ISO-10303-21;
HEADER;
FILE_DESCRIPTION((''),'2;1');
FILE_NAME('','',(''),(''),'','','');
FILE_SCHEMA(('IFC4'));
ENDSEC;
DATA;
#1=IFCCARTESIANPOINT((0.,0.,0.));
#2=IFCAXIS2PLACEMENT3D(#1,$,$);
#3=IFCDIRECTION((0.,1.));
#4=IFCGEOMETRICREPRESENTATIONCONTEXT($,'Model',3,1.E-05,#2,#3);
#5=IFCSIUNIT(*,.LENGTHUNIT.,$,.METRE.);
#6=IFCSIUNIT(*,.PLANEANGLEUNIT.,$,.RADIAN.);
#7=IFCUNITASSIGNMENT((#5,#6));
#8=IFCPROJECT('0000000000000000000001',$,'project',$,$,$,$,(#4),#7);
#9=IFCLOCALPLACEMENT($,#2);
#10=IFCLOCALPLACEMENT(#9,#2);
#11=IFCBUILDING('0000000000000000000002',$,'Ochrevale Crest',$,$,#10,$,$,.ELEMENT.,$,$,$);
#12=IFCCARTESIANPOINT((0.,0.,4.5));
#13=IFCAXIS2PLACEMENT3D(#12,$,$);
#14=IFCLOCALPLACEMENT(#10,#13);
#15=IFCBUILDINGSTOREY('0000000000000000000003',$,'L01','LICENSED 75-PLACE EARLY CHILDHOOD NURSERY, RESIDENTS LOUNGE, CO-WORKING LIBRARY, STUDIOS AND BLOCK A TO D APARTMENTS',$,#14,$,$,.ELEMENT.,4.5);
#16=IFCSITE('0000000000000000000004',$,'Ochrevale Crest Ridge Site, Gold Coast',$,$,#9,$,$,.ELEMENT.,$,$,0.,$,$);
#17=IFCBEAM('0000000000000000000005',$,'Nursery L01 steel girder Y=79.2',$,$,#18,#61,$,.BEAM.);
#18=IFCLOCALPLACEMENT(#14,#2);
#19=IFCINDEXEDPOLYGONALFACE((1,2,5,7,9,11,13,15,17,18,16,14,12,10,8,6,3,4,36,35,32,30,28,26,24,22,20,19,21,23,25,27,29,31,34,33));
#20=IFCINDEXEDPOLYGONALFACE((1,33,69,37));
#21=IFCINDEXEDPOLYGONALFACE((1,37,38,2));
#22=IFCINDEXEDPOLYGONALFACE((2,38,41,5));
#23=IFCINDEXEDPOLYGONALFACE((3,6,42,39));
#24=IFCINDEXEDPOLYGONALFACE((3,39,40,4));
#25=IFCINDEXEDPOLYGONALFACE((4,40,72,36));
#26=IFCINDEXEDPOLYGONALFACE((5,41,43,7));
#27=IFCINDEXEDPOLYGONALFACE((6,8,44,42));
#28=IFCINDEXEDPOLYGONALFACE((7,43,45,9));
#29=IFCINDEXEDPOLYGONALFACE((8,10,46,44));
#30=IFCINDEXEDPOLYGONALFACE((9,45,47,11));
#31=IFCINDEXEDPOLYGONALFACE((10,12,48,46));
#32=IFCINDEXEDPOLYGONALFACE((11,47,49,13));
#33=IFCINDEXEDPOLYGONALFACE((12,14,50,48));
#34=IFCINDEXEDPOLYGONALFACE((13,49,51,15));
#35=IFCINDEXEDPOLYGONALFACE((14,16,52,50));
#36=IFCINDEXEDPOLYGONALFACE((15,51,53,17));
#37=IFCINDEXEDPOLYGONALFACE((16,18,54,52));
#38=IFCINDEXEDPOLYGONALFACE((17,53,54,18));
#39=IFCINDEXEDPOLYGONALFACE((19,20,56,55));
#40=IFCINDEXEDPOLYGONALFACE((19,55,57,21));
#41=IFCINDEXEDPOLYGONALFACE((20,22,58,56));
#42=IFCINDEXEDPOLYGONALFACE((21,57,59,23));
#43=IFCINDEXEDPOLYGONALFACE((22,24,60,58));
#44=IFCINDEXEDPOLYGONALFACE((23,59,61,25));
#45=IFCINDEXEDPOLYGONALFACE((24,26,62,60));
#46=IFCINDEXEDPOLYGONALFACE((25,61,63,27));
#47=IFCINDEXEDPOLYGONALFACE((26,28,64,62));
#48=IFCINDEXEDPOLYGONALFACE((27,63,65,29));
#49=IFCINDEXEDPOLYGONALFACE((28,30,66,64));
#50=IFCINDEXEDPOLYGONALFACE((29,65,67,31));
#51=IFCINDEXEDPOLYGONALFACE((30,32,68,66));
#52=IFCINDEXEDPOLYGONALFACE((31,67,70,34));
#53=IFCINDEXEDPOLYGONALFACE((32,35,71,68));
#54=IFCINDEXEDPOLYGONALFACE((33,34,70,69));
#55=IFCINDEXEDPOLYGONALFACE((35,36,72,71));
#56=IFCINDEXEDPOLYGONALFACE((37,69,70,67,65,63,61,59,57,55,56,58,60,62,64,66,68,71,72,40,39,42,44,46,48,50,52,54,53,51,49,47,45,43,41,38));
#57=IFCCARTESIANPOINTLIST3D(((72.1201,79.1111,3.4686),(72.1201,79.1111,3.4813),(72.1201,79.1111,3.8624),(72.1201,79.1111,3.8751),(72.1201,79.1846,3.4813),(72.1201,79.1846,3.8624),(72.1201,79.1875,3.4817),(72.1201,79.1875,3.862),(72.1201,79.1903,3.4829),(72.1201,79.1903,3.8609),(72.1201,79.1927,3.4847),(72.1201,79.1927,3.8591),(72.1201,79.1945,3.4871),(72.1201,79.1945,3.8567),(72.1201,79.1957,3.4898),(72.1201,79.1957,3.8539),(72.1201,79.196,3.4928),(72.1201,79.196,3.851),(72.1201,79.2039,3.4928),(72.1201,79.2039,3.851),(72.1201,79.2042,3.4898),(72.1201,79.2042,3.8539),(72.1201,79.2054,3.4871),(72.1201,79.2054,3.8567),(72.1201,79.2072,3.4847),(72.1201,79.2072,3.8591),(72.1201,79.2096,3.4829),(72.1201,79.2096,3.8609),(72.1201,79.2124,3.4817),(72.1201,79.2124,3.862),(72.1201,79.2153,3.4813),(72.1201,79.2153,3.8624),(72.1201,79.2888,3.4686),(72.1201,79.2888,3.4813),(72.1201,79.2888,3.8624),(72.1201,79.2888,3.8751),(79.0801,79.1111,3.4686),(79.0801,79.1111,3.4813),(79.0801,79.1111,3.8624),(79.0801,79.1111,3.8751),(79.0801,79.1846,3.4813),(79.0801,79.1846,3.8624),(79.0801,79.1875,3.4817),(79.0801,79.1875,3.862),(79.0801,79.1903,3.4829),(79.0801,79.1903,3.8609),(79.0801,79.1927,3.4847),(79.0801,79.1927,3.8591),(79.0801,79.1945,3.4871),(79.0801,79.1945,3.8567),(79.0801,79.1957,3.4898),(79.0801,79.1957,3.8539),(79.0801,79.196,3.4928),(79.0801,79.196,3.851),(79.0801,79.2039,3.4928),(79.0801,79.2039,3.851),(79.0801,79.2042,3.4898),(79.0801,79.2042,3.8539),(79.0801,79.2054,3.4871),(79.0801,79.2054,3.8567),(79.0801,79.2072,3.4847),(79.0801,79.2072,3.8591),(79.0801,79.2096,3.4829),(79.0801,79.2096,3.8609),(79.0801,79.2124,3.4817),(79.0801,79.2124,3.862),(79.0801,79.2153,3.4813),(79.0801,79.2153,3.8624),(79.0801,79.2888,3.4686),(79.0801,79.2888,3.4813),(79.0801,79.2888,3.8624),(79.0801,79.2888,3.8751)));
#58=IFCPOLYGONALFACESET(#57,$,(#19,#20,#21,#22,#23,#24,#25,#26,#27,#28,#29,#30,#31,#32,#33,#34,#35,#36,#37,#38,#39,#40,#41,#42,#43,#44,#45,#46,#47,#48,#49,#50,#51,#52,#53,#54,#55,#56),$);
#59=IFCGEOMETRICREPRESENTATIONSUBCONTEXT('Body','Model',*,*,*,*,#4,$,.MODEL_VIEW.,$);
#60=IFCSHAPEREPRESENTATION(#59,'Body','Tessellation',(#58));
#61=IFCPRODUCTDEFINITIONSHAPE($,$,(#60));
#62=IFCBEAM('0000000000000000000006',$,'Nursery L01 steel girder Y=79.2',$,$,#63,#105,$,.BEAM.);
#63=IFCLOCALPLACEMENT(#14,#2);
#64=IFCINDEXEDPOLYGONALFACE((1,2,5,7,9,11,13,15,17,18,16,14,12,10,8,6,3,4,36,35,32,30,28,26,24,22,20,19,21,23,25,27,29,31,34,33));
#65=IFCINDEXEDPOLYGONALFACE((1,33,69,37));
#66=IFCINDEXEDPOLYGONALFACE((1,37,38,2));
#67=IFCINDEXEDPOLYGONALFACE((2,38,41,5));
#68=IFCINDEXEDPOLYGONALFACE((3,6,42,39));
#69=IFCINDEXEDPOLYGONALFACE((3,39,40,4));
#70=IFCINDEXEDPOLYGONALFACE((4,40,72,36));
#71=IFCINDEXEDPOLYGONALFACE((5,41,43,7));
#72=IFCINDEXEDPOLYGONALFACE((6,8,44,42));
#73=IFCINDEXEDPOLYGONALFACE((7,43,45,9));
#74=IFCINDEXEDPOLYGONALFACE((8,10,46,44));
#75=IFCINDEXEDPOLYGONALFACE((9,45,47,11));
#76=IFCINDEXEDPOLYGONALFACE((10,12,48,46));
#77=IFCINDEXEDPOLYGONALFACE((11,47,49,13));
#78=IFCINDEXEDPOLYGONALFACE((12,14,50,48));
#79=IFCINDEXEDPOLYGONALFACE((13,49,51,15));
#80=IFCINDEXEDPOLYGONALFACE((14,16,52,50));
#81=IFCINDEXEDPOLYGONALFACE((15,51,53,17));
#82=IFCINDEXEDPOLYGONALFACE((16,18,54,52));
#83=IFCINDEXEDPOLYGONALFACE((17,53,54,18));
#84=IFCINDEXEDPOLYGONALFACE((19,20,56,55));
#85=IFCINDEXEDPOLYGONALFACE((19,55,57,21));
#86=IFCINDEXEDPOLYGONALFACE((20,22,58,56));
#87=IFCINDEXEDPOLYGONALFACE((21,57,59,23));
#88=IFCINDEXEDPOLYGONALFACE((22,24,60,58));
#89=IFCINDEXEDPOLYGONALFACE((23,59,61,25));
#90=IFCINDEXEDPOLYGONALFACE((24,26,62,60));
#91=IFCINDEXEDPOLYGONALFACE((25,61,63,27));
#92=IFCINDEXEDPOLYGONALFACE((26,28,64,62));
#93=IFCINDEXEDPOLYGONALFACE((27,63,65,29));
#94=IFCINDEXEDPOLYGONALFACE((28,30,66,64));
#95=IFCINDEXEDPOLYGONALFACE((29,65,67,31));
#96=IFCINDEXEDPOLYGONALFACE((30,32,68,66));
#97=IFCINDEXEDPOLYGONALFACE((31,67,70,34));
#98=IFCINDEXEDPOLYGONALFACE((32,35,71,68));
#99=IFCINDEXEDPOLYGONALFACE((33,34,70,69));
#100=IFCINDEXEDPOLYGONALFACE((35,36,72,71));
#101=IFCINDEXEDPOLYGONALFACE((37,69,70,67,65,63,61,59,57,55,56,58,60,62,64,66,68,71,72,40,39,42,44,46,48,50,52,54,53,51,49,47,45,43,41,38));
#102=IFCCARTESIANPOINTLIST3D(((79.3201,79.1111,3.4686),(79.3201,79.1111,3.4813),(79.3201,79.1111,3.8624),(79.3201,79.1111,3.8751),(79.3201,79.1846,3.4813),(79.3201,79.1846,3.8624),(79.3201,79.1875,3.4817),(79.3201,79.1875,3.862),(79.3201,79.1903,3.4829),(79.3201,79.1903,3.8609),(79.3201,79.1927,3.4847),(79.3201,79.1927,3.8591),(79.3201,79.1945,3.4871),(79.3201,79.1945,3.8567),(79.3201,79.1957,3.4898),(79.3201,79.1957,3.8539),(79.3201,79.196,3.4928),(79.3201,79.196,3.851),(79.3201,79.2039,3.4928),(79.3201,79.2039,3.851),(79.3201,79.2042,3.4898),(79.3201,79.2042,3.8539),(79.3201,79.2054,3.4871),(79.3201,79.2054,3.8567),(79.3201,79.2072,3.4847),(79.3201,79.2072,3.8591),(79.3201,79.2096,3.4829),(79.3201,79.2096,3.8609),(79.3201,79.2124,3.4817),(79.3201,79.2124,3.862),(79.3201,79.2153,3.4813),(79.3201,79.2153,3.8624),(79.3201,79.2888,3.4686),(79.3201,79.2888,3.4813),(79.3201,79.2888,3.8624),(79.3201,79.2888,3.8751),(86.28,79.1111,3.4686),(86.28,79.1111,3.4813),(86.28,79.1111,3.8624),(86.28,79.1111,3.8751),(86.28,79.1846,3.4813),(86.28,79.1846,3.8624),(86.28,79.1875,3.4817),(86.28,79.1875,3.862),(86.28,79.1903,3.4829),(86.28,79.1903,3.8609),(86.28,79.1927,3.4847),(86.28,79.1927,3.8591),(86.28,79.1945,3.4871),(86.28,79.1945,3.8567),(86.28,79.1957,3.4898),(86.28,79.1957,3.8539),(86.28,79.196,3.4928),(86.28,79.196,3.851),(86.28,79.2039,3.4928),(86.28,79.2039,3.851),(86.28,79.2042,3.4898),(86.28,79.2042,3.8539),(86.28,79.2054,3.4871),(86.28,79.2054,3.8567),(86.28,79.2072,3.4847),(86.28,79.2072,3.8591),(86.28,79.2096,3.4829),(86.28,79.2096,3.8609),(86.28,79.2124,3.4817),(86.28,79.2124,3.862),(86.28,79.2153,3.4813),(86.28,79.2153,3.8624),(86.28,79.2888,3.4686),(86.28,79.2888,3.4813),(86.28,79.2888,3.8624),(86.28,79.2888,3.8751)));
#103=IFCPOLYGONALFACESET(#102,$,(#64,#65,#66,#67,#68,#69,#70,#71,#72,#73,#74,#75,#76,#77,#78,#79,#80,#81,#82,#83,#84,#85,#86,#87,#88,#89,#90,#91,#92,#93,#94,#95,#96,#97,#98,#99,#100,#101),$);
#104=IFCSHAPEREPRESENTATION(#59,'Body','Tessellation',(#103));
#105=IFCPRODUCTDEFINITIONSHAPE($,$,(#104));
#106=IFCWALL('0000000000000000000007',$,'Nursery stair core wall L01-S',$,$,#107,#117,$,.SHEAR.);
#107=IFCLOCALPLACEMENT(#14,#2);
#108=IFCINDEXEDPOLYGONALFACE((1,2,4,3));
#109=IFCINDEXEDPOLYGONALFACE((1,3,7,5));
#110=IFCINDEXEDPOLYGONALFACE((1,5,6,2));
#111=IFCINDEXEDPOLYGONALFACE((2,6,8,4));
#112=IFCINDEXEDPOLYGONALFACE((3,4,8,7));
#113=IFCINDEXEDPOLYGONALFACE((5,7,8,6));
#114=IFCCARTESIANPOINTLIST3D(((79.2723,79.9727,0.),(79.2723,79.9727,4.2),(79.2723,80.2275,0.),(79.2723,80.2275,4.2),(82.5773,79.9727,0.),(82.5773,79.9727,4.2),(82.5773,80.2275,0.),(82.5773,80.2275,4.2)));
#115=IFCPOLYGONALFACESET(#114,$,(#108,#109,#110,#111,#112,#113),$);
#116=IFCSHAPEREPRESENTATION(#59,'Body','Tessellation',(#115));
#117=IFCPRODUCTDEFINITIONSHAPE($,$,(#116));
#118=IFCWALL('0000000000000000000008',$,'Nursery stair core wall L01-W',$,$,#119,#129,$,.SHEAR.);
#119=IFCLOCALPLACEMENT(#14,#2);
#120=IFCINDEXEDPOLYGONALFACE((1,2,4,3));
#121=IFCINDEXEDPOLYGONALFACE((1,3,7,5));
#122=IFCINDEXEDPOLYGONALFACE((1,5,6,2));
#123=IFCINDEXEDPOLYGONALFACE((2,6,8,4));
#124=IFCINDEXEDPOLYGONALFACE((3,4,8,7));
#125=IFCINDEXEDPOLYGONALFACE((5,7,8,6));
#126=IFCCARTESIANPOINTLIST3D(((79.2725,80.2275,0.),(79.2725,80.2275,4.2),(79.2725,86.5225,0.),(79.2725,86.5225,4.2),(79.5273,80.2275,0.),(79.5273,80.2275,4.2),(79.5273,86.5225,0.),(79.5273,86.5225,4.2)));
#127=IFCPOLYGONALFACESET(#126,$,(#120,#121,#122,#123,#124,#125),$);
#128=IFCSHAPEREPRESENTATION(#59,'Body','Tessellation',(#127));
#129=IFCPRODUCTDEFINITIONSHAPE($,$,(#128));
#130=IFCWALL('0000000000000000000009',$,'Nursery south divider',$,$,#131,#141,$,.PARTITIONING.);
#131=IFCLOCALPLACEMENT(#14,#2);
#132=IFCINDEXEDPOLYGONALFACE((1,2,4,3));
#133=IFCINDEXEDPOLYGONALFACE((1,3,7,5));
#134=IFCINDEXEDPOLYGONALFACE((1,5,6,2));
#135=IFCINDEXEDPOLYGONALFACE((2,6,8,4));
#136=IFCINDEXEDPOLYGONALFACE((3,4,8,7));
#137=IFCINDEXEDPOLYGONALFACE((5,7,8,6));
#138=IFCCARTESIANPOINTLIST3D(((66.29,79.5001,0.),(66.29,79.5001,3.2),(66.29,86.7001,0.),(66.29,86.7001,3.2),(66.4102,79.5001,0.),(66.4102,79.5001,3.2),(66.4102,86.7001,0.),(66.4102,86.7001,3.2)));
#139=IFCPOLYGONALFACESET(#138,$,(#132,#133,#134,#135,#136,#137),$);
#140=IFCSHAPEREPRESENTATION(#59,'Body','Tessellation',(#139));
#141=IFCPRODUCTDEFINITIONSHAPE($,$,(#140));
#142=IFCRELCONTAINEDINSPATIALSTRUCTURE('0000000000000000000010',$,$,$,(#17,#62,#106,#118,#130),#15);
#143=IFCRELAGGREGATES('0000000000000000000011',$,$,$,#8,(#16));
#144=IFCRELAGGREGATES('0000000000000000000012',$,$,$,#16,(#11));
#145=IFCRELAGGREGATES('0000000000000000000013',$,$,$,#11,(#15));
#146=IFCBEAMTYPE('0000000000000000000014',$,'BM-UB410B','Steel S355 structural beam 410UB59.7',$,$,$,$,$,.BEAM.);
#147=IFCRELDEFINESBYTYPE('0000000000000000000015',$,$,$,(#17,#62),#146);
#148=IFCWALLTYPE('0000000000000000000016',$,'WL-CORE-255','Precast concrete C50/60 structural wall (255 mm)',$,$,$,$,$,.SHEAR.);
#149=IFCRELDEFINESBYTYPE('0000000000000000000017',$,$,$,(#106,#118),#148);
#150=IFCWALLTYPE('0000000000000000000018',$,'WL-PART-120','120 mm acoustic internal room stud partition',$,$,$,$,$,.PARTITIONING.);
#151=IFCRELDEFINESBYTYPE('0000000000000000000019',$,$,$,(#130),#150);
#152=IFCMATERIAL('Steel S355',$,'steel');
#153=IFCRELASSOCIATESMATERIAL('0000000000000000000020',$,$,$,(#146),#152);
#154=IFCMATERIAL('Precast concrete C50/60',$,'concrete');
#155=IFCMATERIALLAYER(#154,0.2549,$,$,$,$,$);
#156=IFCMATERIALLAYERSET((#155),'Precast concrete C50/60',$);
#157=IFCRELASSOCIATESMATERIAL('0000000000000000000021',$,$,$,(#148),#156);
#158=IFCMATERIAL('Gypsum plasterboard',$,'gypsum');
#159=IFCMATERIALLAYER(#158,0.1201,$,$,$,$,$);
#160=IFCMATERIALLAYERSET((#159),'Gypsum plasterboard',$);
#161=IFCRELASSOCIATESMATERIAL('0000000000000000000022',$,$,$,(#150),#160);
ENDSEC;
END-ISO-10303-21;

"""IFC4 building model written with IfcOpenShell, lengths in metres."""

from ifc_helpers import new_model, si_unit, direction, frame, frame_2d, origin, origin_2d, place, context, subcontext, project, spatial, rectangle, i_section, extrude, material, layer, layer_set, material_profile, profile_set, type_object, element, save


model = new_model("IFC4")

# Units and contexts
model_context = context("Model", 3, precision=1e-05, world=origin(), true_north=direction((0.0, 1.0)))
body_context = subcontext(model_context, "Body", "Model", "MODEL_VIEW")
ifc_project = project(units=[si_unit("LENGTHUNIT", "METRE"), si_unit("PLANEANGLEUNIT", "RADIAN")], contexts=[model_context])

# Site, building, storey
site_placement = place(None, origin())
site = spatial("IfcSite", under=ifc_project, at=site_placement, Name="Ochrevale Crest Ridge Site, Gold Coast", CompositionType="ELEMENT", RefElevation=0.0)
building_placement = place(site_placement, origin())
building = spatial("IfcBuilding", under=site, at=building_placement, Name="Ochrevale Crest", CompositionType="ELEMENT")
storey_placement = place(building_placement, frame((0.0, 0.0, 4.5)))
storey = spatial("IfcBuildingStorey", under=building, at=storey_placement, Name="L01", Description="LICENSED 75-PLACE EARLY CHILDHOOD NURSERY, RESIDENTS LOUNGE, CO-WORKING LIBRARY, STUDIOS AND BLOCK A TO D APARTMENTS", CompositionType="ELEMENT", Elevation=4.5)

# Shared definitions
ifc_material_1 = material(Name="Steel S355", Category="steel")

# Beams
ifc_material_2 = material(Name="Precast concrete C50/60", Category="concrete")
ifc_material_profile_1 = material_profile(ifc_material_1, i_section(OverallWidth=0.1777, OverallDepth=0.4065, WebThickness=0.0078, FlangeThickness=0.0127, FilletRadius=0.0115, at=origin_2d()), Name="410UB59.7")
ifc_profile_set_1 = profile_set([ifc_material_profile_1], Name="Steel S355")
beam_type_1 = type_object("IfcBeamType", Name="BM-UB410B", Description="Steel S355 structural beam 410UB59.7", PredefinedType="BEAM", material=ifc_profile_set_1)
for number, where, z_axis, x_axis, name in (
    (1, (72.1201, 79.2, 3.6719), (1.0, 0.0, 0.0), (0.0, 1.0, 0.0), "Nursery L01 steel girder Y=79.2"),
    (2, (79.3201, 79.2, 3.6719), (1.0, 0.0, 0.0), (0.0, 1.0, 0.0), "Nursery L01 steel girder Y=79.2"),
):
    element("IfcBeam", number, at=place(storey_placement, frame(where, z_axis=z_axis, x_axis=x_axis)), inside=storey, type_object=beam_type_1, Name=name, PredefinedType="BEAM", context=body_context, shape_type="SweptSolid", body=[
        extrude(i_section(OverallWidth=0.1777, OverallDepth=0.4065, WebThickness=0.0078, FlangeThickness=0.0127, FilletRadius=0.0115, at=origin_2d()), origin(), (0.0, 0.0, 1.0), 6.96),
    ])

# Walls
ifc_layer_1 = layer(ifc_material_2, 0.2549)
ifc_layer_set_1 = layer_set([ifc_layer_1], Name="Precast concrete C50/60")
wall_type_1 = type_object("IfcWallType", Name="WL-CORE-255", Description="Precast concrete C50/60 structural wall (255 mm)", PredefinedType="SHEAR", material=ifc_layer_set_1)
wall_1_placement = place(storey_placement, frame((79.2725, 80.1001, 0.0), z_axis=(0.0, 0.0, 1.0), x_axis=(1.0, 0.0, 0.0)))
element("IfcWall", 3, at=wall_1_placement, inside=storey, type_object=wall_type_1, Name="Nursery stair core wall L01-S", PredefinedType="SHEAR", context=body_context, shape_type="SweptSolid", body=[
    extrude(rectangle(XDim=3.3049, YDim=0.2549, at=frame_2d((1.6523, 0.0))), origin(), (0.0, 0.0, 1.0), 4.2),
])
wall_2_placement = place(storey_placement, frame((79.3999, 80.2275, 0.0), z_axis=(0.0, 0.0, 1.0), x_axis=(0.0, 1.0, 0.0)))
element("IfcWall", 4, at=wall_2_placement, inside=storey, type_object=wall_type_1, Name="Nursery stair core wall L01-W", PredefinedType="SHEAR", context=body_context, shape_type="SweptSolid", body=[
    extrude(rectangle(XDim=6.2949, YDim=0.2549, at=frame_2d((3.1475, 0.0))), origin(), (0.0, 0.0, 1.0), 4.2),
])
ifc_material_3 = material(Name="Gypsum plasterboard", Category="gypsum")
ifc_layer_2 = layer(ifc_material_3, 0.1201)
ifc_layer_set_2 = layer_set([ifc_layer_2], Name="Gypsum plasterboard")
wall_type_2 = type_object("IfcWallType", Name="WL-PART-120", Description="120 mm acoustic internal room stud partition", PredefinedType="PARTITIONING", material=ifc_layer_set_2)
wall_3_placement = place(storey_placement, frame((66.3501, 79.5, 0.0), z_axis=(0.0, 0.0, 1.0), x_axis=(0.0, 1.0, 0.0)))
element("IfcWall", 5, at=wall_3_placement, inside=storey, type_object=wall_type_2, Name="Nursery south divider", PredefinedType="PARTITIONING", context=body_context, shape_type="SweptSolid", body=[
    extrude(rectangle(XDim=7.2, YDim=0.1201, at=frame_2d((3.6001, 0.0))), origin(), (0.0, 0.0, 1.0), 3.2),
])

save(model, "model.ifc")
